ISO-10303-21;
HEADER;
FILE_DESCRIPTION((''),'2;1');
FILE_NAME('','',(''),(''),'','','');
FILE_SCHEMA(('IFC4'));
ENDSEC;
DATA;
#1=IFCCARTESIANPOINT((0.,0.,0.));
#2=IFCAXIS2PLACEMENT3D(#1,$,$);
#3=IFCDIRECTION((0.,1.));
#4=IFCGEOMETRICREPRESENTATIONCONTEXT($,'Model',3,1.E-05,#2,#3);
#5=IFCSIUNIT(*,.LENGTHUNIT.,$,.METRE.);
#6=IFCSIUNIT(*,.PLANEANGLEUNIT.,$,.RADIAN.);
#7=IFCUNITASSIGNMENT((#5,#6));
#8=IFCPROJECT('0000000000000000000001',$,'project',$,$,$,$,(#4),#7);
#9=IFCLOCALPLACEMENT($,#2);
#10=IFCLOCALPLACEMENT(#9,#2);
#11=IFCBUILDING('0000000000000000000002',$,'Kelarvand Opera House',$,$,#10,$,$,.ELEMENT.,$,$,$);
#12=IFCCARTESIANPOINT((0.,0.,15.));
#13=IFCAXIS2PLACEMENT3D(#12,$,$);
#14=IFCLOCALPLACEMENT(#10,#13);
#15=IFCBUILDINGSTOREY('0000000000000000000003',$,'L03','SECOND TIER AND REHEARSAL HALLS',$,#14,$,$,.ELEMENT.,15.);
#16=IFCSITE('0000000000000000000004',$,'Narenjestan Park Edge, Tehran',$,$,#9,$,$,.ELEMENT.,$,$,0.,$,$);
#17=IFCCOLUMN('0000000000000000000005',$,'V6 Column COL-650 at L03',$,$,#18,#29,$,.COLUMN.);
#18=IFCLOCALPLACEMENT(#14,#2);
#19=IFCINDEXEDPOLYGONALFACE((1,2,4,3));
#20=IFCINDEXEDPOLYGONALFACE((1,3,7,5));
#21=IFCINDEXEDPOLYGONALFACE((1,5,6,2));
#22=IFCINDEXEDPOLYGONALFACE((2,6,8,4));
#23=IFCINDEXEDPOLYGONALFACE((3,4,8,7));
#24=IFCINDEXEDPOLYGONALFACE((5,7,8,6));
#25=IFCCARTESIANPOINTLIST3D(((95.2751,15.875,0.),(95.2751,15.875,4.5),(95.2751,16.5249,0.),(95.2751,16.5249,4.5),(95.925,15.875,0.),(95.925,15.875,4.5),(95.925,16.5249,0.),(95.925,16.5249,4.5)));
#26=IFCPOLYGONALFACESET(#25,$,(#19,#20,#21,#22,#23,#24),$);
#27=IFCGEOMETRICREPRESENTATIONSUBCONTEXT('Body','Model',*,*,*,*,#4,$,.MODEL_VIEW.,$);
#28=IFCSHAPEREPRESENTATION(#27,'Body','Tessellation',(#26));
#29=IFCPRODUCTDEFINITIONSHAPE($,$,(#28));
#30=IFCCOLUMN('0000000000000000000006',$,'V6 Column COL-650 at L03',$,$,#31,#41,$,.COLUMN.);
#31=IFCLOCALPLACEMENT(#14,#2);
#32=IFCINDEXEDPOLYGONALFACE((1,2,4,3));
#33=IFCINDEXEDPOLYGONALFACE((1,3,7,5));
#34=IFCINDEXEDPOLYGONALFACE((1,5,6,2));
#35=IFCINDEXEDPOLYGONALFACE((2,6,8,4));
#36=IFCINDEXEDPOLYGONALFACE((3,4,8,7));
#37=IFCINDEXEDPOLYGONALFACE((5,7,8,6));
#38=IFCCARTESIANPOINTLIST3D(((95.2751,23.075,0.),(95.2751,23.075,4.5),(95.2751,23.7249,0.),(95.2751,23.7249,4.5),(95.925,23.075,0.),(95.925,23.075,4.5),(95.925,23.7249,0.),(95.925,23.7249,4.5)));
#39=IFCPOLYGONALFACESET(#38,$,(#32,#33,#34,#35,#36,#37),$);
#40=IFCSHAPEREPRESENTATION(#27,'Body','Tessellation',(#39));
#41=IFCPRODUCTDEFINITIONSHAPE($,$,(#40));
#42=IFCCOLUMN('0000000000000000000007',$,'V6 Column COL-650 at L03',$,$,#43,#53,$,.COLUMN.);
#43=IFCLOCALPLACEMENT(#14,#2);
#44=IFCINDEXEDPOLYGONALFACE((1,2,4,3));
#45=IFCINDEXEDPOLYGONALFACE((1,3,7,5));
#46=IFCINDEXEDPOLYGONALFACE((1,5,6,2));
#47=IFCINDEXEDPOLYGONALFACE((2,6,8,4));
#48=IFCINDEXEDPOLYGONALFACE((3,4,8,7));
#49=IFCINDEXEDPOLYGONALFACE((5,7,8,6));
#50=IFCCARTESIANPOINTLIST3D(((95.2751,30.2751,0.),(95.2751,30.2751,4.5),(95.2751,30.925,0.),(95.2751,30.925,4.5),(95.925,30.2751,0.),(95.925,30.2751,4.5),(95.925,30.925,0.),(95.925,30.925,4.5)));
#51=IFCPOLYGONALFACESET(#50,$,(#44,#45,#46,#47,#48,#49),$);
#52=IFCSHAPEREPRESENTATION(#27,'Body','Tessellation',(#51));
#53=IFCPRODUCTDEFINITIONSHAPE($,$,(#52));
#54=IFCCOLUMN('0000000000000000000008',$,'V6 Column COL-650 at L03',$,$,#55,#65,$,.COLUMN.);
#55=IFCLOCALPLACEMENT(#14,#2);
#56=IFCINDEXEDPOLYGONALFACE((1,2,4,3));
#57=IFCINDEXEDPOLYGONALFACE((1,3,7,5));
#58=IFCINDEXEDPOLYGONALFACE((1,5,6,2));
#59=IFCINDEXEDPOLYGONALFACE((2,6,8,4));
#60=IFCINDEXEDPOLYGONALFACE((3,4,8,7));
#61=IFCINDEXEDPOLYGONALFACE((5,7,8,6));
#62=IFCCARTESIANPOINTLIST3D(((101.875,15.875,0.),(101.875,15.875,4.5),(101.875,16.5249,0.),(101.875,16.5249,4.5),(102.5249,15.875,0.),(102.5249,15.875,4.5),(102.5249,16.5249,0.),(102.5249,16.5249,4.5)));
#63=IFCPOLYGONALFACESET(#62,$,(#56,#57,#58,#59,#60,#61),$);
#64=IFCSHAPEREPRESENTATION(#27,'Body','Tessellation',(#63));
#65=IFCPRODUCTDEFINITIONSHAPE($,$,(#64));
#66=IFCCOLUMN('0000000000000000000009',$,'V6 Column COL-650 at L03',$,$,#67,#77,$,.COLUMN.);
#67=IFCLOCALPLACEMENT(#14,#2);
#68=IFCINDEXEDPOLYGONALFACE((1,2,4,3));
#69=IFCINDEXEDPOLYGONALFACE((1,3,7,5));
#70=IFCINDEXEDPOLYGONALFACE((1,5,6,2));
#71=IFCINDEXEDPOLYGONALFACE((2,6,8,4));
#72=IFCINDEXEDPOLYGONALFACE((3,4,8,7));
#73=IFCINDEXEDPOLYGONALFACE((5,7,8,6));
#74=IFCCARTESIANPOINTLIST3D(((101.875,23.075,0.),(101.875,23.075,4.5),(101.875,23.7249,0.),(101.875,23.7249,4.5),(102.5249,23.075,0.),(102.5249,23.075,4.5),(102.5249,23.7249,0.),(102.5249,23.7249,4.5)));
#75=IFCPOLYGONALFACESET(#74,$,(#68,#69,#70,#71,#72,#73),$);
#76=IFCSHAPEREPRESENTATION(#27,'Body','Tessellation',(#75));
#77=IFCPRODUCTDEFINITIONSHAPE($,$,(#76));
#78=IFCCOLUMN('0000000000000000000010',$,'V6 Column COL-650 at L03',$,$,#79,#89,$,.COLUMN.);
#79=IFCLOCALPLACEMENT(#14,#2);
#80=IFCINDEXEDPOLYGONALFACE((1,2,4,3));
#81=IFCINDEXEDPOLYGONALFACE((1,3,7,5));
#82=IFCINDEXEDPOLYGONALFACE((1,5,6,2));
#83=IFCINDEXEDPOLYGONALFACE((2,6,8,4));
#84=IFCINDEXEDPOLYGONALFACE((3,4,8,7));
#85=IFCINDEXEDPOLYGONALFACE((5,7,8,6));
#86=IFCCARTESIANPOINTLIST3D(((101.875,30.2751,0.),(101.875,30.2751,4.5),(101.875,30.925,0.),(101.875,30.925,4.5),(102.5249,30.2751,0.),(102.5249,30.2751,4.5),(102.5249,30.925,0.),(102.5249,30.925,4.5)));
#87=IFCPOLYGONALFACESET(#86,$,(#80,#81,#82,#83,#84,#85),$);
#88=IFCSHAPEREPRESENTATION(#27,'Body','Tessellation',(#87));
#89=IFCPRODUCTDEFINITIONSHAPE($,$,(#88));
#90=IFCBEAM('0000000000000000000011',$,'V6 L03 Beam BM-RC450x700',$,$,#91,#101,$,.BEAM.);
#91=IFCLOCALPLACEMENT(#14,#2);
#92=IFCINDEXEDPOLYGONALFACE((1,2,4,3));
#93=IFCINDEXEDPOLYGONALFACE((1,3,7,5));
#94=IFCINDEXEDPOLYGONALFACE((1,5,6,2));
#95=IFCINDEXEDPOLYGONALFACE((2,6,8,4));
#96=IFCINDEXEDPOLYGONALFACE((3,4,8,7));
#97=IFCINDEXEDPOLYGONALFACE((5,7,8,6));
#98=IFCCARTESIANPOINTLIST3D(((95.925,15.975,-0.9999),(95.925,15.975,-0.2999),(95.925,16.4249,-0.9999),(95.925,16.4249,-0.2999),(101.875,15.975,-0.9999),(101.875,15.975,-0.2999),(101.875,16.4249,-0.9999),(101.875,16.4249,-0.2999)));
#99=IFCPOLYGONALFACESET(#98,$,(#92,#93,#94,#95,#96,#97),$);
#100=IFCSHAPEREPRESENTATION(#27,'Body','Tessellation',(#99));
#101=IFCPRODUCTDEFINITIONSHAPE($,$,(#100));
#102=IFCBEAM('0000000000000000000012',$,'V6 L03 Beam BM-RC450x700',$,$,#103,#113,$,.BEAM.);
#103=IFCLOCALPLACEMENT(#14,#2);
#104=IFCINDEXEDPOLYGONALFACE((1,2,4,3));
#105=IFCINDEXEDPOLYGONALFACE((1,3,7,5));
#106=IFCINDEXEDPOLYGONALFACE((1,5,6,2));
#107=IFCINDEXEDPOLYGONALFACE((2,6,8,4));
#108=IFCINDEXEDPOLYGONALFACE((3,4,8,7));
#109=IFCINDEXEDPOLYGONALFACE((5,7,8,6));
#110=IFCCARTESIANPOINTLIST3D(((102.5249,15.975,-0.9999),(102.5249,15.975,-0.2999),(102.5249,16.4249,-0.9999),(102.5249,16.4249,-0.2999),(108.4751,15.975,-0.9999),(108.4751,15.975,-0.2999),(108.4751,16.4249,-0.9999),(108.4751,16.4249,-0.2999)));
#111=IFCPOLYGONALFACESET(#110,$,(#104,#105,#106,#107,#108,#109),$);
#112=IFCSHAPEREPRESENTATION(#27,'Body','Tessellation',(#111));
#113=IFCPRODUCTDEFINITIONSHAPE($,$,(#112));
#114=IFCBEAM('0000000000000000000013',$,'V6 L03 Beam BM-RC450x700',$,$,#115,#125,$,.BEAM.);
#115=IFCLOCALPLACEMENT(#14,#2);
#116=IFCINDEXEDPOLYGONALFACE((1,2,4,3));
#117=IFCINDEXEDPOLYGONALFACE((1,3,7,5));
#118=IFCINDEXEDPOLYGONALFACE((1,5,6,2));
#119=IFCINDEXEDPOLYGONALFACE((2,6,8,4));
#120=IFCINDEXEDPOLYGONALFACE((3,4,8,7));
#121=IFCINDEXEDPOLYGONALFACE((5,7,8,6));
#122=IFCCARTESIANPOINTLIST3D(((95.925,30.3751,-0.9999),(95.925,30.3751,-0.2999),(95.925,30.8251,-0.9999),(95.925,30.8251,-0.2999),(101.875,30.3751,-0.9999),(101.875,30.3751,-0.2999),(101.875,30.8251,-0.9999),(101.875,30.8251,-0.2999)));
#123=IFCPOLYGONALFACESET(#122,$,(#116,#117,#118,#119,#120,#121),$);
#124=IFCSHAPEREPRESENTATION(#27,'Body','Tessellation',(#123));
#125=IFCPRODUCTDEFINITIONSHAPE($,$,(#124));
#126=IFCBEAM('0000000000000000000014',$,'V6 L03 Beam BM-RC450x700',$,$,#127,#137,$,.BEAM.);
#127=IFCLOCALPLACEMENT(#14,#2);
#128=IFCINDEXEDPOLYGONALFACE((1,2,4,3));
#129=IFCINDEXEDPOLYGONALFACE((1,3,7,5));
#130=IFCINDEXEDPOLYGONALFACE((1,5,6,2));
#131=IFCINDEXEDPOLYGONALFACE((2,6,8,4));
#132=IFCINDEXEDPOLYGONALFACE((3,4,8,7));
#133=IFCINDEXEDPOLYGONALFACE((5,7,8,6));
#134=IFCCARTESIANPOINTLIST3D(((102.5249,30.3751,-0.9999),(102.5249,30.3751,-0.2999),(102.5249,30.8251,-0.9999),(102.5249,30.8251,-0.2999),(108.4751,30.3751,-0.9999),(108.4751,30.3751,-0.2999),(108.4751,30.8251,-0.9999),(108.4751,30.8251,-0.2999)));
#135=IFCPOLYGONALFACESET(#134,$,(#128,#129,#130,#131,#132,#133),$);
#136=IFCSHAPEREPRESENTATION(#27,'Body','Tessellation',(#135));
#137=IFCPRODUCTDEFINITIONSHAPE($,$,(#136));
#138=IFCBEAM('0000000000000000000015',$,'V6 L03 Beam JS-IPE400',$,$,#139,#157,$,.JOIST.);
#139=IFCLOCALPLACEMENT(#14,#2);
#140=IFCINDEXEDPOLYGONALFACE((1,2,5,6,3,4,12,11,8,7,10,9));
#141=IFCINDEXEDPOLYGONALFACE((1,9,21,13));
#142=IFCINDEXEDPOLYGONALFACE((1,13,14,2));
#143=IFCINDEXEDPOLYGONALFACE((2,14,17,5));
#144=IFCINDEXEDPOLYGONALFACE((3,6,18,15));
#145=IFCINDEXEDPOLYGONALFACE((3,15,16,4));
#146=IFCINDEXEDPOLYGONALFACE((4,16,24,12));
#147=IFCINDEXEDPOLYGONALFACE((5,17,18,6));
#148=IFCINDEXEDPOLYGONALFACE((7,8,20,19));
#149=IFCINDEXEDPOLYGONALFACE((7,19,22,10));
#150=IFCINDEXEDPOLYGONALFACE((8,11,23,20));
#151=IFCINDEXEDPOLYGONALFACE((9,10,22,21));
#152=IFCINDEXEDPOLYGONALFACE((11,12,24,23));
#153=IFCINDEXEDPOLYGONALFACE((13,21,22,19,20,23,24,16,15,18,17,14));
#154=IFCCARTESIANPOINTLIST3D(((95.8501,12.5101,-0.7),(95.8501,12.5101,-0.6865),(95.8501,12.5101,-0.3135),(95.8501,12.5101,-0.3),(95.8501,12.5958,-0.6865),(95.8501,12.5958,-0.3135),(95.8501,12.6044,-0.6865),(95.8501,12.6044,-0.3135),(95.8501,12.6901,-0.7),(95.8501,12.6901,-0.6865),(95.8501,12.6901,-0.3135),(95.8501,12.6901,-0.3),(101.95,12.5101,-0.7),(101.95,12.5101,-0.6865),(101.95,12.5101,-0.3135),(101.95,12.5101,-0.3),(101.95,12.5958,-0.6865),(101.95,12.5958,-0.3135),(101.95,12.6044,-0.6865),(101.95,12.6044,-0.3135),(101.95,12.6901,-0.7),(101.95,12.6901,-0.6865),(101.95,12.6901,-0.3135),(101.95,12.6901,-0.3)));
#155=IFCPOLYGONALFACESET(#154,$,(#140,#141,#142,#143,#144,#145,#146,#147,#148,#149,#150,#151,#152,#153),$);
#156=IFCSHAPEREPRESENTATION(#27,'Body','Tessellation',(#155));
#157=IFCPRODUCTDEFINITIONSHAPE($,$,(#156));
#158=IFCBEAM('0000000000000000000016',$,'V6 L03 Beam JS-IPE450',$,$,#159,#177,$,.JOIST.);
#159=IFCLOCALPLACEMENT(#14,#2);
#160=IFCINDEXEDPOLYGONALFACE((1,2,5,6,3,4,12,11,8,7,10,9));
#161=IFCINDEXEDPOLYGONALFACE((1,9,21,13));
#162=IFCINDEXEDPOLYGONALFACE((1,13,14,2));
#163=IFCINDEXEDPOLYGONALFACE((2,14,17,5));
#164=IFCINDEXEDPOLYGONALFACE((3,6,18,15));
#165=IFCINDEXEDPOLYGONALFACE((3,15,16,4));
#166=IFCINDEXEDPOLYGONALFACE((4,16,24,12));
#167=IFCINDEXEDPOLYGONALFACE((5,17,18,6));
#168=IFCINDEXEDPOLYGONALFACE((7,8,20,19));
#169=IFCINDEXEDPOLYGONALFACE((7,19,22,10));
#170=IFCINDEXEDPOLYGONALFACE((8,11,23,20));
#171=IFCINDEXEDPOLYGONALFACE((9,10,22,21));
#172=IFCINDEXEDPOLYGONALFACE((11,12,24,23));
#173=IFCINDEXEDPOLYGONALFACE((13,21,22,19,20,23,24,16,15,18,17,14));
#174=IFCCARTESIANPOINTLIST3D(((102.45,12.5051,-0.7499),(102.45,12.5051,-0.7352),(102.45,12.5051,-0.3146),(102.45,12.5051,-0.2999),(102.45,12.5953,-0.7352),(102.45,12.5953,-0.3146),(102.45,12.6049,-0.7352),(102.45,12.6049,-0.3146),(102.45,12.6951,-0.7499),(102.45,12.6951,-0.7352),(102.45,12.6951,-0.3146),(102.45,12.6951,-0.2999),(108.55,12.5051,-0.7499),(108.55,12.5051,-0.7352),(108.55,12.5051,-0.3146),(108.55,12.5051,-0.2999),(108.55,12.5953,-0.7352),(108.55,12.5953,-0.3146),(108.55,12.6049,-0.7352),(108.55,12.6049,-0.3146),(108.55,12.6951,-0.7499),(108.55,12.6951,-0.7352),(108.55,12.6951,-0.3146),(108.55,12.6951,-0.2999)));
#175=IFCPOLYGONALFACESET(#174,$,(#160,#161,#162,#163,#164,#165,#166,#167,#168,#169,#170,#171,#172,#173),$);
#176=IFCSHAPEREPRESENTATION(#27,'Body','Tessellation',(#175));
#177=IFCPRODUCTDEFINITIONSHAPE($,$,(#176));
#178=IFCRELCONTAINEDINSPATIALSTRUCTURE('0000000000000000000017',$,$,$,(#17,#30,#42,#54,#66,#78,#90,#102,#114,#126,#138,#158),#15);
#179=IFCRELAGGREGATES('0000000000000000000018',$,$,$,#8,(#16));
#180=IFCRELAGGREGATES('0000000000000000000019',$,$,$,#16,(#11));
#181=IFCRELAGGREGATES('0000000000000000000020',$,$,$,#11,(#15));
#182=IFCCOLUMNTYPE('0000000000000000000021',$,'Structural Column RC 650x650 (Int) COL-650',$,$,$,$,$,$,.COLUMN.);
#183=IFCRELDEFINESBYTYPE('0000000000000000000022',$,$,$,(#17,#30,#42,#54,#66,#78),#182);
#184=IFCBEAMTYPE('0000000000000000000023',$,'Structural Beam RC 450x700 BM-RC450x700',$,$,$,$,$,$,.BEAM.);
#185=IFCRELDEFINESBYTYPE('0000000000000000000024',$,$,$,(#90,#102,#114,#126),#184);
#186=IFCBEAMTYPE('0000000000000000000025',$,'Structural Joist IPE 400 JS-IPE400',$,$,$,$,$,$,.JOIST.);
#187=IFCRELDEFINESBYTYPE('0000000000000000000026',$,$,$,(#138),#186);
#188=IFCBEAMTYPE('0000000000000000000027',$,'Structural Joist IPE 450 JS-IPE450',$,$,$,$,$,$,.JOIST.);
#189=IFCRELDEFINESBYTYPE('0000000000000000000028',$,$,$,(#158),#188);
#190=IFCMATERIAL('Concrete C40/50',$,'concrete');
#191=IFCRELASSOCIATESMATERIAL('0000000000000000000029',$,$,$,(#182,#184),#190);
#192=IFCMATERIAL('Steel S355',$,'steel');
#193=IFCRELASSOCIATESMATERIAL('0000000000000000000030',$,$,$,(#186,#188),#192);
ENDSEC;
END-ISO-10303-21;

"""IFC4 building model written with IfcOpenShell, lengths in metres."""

from ifc_helpers import new_model, si_unit, direction, frame, origin, origin_2d, place, context, subcontext, project, spatial, rectangle, i_section, extrude, material, material_profile, profile_set, type_object, element, save


model = new_model("IFC4")

# Units and contexts
model_context = context("Model", 3, precision=1e-05, world=origin(), true_north=direction((0.0, 1.0)))
body_context = subcontext(model_context, "Body", "Model", "MODEL_VIEW")
ifc_project = project(units=[si_unit("LENGTHUNIT", "METRE"), si_unit("PLANEANGLEUNIT", "RADIAN")], contexts=[model_context])

# Site, building, storey
site_placement = place(None, origin())
site = spatial("IfcSite", under=ifc_project, at=site_placement, Name="Narenjestan Park Edge, Tehran", CompositionType="ELEMENT", RefElevation=0.0)
building_placement = place(site_placement, origin())
building = spatial("IfcBuilding", under=site, at=building_placement, Name="Kelarvand Opera House", CompositionType="ELEMENT")
storey_placement = place(building_placement, frame((0.0, 0.0, 15.0)))
storey = spatial("IfcBuildingStorey", under=building, at=storey_placement, Name="L03", Description="SECOND TIER AND REHEARSAL HALLS", CompositionType="ELEMENT", Elevation=15.0)

# Columns
ifc_material_1 = material(Name="Concrete C40/50", Category="concrete")
ifc_material_profile_1 = material_profile(ifc_material_1, rectangle(XDim=0.6499, YDim=0.6499, at=origin_2d()), Name="RC 650x650", Category="concrete")
ifc_profile_set_1 = profile_set([ifc_material_profile_1], Name="Concrete C40/50")
column_type = type_object("IfcColumnType", Name="Structural Column RC 650x650 (Int) COL-650", PredefinedType="COLUMN", material=ifc_profile_set_1)
for number, where, z_axis, x_axis, name in (
    (1, (95.6001, 16.2, 0.0), (0.0, 0.0, 1.0), (1.0, 0.0, 0.0), "V6 Column COL-650 at L03"),
    (2, (95.6001, 23.3999, 0.0), (0.0, 0.0, 1.0), (1.0, 0.0, 0.0), "V6 Column COL-650 at L03"),
    (3, (95.6001, 30.6001, 0.0), (0.0, 0.0, 1.0), (1.0, 0.0, 0.0), "V6 Column COL-650 at L03"),
    (4, (102.2, 16.2, 0.0), (0.0, 0.0, 1.0), (1.0, 0.0, 0.0), "V6 Column COL-650 at L03"),
    (5, (102.2, 23.3999, 0.0), (0.0, 0.0, 1.0), (1.0, 0.0, 0.0), "V6 Column COL-650 at L03"),
    (6, (102.2, 30.6001, 0.0), (0.0, 0.0, 1.0), (1.0, 0.0, 0.0), "V6 Column COL-650 at L03"),
):
    element("IfcColumn", number, at=place(storey_placement, frame(where, z_axis=z_axis, x_axis=x_axis)), inside=storey, type_object=column_type, Name=name, PredefinedType="COLUMN", context=body_context, shape_type="SweptSolid", body=[
        extrude(rectangle(XDim=0.6499, YDim=0.6499, at=origin_2d()), origin(), (0.0, 0.0, 1.0), 4.5),
    ])

# Beams
ifc_material_profile_2 = material_profile(ifc_material_1, rectangle(XDim=0.45, YDim=0.7, at=origin_2d()), Name="RC 450x700", Category="concrete")
ifc_profile_set_2 = profile_set([ifc_material_profile_2], Name="Concrete C40/50")
beam_type_1 = type_object("IfcBeamType", Name="Structural Beam RC 450x700 BM-RC450x700", PredefinedType="BEAM", material=ifc_profile_set_2)
beam_1_placement = place(storey_placement, frame((95.925, 16.2, -0.6499), z_axis=(1.0, 0.0, 0.0), x_axis=(0.0, 1.0, 0.0)))
element("IfcBeam", 7, at=beam_1_placement, inside=storey, type_object=beam_type_1, Name="V6 L03 Beam BM-RC450x700", PredefinedType="BEAM", context=body_context, shape_type="SweptSolid", body=[
    extrude(rectangle(XDim=0.45, YDim=0.7, at=origin_2d()), origin(), (0.0, 0.0, 1.0), 5.95),
])
beam_2_placement = place(storey_placement, frame((102.5249, 16.2, -0.6499), z_axis=(1.0, 0.0, 0.0), x_axis=(0.0, 1.0, 0.0)))
element("IfcBeam", 8, at=beam_2_placement, inside=storey, type_object=beam_type_1, Name="V6 L03 Beam BM-RC450x700", PredefinedType="BEAM", context=body_context, shape_type="SweptSolid", body=[
    extrude(rectangle(XDim=0.45, YDim=0.7, at=origin_2d()), origin(), (0.0, 0.0, 1.0), 5.9502),
])
beam_3_placement = place(storey_placement, frame((95.925, 30.6001, -0.6499), z_axis=(1.0, 0.0, 0.0), x_axis=(0.0, 1.0, 0.0)))
element("IfcBeam", 9, at=beam_3_placement, inside=storey, type_object=beam_type_1, Name="V6 L03 Beam BM-RC450x700", PredefinedType="BEAM", context=body_context, shape_type="SweptSolid", body=[
    extrude(rectangle(XDim=0.45, YDim=0.7, at=origin_2d()), origin(), (0.0, 0.0, 1.0), 5.95),
])
beam_4_placement = place(storey_placement, frame((102.5249, 30.6001, -0.6499), z_axis=(1.0, 0.0, 0.0), x_axis=(0.0, 1.0, 0.0)))
element("IfcBeam", 10, at=beam_4_placement, inside=storey, type_object=beam_type_1, Name="V6 L03 Beam BM-RC450x700", PredefinedType="BEAM", context=body_context, shape_type="SweptSolid", body=[
    extrude(rectangle(XDim=0.45, YDim=0.7, at=origin_2d()), origin(), (0.0, 0.0, 1.0), 5.9502),
])
ifc_material_2 = material(Name="Steel S355", Category="steel")
ifc_material_profile_3 = material_profile(ifc_material_2, i_section(OverallWidth=0.1799, OverallDepth=0.3999, WebThickness=0.0085, FlangeThickness=0.0134, at=origin_2d()), Name="IPE 400", Category="steel")
ifc_profile_set_3 = profile_set([ifc_material_profile_3], Name="Steel S355")
beam_type_2 = type_object("IfcBeamType", Name="Structural Joist IPE 400 JS-IPE400", PredefinedType="JOIST", material=ifc_profile_set_3)
beam_5_placement = place(storey_placement, frame((95.8501, 12.6001, -0.5), z_axis=(1.0, 0.0, 0.0), x_axis=(0.0, 1.0, 0.0)))
element("IfcBeam", 11, at=beam_5_placement, inside=storey, type_object=beam_type_2, Name="V6 L03 Beam JS-IPE400", PredefinedType="JOIST", context=body_context, shape_type="SweptSolid", body=[
    extrude(i_section(OverallWidth=0.1799, OverallDepth=0.3999, WebThickness=0.0085, FlangeThickness=0.0134, at=origin_2d()), origin(), (0.0, 0.0, 1.0), 6.0999),
])
ifc_material_profile_4 = material_profile(ifc_material_2, i_section(OverallWidth=0.1899, OverallDepth=0.45, WebThickness=0.0095, FlangeThickness=0.0146, at=origin_2d()), Name="IPE 450", Category="steel")
ifc_profile_set_4 = profile_set([ifc_material_profile_4], Name="Steel S355")
beam_type_3 = type_object("IfcBeamType", Name="Structural Joist IPE 450 JS-IPE450", PredefinedType="JOIST", material=ifc_profile_set_4)
beam_6_placement = place(storey_placement, frame((102.45, 12.6001, -0.5249), z_axis=(1.0, 0.0, 0.0), x_axis=(0.0, 1.0, 0.0)))
element("IfcBeam", 12, at=beam_6_placement, inside=storey, type_object=beam_type_3, Name="V6 L03 Beam JS-IPE450", PredefinedType="JOIST", context=body_context, shape_type="SweptSolid", body=[
    extrude(i_section(OverallWidth=0.1899, OverallDepth=0.45, WebThickness=0.0095, FlangeThickness=0.0146, at=origin_2d()), origin(), (0.0, 0.0, 1.0), 6.1001),
])

save(model, "model.ifc")
